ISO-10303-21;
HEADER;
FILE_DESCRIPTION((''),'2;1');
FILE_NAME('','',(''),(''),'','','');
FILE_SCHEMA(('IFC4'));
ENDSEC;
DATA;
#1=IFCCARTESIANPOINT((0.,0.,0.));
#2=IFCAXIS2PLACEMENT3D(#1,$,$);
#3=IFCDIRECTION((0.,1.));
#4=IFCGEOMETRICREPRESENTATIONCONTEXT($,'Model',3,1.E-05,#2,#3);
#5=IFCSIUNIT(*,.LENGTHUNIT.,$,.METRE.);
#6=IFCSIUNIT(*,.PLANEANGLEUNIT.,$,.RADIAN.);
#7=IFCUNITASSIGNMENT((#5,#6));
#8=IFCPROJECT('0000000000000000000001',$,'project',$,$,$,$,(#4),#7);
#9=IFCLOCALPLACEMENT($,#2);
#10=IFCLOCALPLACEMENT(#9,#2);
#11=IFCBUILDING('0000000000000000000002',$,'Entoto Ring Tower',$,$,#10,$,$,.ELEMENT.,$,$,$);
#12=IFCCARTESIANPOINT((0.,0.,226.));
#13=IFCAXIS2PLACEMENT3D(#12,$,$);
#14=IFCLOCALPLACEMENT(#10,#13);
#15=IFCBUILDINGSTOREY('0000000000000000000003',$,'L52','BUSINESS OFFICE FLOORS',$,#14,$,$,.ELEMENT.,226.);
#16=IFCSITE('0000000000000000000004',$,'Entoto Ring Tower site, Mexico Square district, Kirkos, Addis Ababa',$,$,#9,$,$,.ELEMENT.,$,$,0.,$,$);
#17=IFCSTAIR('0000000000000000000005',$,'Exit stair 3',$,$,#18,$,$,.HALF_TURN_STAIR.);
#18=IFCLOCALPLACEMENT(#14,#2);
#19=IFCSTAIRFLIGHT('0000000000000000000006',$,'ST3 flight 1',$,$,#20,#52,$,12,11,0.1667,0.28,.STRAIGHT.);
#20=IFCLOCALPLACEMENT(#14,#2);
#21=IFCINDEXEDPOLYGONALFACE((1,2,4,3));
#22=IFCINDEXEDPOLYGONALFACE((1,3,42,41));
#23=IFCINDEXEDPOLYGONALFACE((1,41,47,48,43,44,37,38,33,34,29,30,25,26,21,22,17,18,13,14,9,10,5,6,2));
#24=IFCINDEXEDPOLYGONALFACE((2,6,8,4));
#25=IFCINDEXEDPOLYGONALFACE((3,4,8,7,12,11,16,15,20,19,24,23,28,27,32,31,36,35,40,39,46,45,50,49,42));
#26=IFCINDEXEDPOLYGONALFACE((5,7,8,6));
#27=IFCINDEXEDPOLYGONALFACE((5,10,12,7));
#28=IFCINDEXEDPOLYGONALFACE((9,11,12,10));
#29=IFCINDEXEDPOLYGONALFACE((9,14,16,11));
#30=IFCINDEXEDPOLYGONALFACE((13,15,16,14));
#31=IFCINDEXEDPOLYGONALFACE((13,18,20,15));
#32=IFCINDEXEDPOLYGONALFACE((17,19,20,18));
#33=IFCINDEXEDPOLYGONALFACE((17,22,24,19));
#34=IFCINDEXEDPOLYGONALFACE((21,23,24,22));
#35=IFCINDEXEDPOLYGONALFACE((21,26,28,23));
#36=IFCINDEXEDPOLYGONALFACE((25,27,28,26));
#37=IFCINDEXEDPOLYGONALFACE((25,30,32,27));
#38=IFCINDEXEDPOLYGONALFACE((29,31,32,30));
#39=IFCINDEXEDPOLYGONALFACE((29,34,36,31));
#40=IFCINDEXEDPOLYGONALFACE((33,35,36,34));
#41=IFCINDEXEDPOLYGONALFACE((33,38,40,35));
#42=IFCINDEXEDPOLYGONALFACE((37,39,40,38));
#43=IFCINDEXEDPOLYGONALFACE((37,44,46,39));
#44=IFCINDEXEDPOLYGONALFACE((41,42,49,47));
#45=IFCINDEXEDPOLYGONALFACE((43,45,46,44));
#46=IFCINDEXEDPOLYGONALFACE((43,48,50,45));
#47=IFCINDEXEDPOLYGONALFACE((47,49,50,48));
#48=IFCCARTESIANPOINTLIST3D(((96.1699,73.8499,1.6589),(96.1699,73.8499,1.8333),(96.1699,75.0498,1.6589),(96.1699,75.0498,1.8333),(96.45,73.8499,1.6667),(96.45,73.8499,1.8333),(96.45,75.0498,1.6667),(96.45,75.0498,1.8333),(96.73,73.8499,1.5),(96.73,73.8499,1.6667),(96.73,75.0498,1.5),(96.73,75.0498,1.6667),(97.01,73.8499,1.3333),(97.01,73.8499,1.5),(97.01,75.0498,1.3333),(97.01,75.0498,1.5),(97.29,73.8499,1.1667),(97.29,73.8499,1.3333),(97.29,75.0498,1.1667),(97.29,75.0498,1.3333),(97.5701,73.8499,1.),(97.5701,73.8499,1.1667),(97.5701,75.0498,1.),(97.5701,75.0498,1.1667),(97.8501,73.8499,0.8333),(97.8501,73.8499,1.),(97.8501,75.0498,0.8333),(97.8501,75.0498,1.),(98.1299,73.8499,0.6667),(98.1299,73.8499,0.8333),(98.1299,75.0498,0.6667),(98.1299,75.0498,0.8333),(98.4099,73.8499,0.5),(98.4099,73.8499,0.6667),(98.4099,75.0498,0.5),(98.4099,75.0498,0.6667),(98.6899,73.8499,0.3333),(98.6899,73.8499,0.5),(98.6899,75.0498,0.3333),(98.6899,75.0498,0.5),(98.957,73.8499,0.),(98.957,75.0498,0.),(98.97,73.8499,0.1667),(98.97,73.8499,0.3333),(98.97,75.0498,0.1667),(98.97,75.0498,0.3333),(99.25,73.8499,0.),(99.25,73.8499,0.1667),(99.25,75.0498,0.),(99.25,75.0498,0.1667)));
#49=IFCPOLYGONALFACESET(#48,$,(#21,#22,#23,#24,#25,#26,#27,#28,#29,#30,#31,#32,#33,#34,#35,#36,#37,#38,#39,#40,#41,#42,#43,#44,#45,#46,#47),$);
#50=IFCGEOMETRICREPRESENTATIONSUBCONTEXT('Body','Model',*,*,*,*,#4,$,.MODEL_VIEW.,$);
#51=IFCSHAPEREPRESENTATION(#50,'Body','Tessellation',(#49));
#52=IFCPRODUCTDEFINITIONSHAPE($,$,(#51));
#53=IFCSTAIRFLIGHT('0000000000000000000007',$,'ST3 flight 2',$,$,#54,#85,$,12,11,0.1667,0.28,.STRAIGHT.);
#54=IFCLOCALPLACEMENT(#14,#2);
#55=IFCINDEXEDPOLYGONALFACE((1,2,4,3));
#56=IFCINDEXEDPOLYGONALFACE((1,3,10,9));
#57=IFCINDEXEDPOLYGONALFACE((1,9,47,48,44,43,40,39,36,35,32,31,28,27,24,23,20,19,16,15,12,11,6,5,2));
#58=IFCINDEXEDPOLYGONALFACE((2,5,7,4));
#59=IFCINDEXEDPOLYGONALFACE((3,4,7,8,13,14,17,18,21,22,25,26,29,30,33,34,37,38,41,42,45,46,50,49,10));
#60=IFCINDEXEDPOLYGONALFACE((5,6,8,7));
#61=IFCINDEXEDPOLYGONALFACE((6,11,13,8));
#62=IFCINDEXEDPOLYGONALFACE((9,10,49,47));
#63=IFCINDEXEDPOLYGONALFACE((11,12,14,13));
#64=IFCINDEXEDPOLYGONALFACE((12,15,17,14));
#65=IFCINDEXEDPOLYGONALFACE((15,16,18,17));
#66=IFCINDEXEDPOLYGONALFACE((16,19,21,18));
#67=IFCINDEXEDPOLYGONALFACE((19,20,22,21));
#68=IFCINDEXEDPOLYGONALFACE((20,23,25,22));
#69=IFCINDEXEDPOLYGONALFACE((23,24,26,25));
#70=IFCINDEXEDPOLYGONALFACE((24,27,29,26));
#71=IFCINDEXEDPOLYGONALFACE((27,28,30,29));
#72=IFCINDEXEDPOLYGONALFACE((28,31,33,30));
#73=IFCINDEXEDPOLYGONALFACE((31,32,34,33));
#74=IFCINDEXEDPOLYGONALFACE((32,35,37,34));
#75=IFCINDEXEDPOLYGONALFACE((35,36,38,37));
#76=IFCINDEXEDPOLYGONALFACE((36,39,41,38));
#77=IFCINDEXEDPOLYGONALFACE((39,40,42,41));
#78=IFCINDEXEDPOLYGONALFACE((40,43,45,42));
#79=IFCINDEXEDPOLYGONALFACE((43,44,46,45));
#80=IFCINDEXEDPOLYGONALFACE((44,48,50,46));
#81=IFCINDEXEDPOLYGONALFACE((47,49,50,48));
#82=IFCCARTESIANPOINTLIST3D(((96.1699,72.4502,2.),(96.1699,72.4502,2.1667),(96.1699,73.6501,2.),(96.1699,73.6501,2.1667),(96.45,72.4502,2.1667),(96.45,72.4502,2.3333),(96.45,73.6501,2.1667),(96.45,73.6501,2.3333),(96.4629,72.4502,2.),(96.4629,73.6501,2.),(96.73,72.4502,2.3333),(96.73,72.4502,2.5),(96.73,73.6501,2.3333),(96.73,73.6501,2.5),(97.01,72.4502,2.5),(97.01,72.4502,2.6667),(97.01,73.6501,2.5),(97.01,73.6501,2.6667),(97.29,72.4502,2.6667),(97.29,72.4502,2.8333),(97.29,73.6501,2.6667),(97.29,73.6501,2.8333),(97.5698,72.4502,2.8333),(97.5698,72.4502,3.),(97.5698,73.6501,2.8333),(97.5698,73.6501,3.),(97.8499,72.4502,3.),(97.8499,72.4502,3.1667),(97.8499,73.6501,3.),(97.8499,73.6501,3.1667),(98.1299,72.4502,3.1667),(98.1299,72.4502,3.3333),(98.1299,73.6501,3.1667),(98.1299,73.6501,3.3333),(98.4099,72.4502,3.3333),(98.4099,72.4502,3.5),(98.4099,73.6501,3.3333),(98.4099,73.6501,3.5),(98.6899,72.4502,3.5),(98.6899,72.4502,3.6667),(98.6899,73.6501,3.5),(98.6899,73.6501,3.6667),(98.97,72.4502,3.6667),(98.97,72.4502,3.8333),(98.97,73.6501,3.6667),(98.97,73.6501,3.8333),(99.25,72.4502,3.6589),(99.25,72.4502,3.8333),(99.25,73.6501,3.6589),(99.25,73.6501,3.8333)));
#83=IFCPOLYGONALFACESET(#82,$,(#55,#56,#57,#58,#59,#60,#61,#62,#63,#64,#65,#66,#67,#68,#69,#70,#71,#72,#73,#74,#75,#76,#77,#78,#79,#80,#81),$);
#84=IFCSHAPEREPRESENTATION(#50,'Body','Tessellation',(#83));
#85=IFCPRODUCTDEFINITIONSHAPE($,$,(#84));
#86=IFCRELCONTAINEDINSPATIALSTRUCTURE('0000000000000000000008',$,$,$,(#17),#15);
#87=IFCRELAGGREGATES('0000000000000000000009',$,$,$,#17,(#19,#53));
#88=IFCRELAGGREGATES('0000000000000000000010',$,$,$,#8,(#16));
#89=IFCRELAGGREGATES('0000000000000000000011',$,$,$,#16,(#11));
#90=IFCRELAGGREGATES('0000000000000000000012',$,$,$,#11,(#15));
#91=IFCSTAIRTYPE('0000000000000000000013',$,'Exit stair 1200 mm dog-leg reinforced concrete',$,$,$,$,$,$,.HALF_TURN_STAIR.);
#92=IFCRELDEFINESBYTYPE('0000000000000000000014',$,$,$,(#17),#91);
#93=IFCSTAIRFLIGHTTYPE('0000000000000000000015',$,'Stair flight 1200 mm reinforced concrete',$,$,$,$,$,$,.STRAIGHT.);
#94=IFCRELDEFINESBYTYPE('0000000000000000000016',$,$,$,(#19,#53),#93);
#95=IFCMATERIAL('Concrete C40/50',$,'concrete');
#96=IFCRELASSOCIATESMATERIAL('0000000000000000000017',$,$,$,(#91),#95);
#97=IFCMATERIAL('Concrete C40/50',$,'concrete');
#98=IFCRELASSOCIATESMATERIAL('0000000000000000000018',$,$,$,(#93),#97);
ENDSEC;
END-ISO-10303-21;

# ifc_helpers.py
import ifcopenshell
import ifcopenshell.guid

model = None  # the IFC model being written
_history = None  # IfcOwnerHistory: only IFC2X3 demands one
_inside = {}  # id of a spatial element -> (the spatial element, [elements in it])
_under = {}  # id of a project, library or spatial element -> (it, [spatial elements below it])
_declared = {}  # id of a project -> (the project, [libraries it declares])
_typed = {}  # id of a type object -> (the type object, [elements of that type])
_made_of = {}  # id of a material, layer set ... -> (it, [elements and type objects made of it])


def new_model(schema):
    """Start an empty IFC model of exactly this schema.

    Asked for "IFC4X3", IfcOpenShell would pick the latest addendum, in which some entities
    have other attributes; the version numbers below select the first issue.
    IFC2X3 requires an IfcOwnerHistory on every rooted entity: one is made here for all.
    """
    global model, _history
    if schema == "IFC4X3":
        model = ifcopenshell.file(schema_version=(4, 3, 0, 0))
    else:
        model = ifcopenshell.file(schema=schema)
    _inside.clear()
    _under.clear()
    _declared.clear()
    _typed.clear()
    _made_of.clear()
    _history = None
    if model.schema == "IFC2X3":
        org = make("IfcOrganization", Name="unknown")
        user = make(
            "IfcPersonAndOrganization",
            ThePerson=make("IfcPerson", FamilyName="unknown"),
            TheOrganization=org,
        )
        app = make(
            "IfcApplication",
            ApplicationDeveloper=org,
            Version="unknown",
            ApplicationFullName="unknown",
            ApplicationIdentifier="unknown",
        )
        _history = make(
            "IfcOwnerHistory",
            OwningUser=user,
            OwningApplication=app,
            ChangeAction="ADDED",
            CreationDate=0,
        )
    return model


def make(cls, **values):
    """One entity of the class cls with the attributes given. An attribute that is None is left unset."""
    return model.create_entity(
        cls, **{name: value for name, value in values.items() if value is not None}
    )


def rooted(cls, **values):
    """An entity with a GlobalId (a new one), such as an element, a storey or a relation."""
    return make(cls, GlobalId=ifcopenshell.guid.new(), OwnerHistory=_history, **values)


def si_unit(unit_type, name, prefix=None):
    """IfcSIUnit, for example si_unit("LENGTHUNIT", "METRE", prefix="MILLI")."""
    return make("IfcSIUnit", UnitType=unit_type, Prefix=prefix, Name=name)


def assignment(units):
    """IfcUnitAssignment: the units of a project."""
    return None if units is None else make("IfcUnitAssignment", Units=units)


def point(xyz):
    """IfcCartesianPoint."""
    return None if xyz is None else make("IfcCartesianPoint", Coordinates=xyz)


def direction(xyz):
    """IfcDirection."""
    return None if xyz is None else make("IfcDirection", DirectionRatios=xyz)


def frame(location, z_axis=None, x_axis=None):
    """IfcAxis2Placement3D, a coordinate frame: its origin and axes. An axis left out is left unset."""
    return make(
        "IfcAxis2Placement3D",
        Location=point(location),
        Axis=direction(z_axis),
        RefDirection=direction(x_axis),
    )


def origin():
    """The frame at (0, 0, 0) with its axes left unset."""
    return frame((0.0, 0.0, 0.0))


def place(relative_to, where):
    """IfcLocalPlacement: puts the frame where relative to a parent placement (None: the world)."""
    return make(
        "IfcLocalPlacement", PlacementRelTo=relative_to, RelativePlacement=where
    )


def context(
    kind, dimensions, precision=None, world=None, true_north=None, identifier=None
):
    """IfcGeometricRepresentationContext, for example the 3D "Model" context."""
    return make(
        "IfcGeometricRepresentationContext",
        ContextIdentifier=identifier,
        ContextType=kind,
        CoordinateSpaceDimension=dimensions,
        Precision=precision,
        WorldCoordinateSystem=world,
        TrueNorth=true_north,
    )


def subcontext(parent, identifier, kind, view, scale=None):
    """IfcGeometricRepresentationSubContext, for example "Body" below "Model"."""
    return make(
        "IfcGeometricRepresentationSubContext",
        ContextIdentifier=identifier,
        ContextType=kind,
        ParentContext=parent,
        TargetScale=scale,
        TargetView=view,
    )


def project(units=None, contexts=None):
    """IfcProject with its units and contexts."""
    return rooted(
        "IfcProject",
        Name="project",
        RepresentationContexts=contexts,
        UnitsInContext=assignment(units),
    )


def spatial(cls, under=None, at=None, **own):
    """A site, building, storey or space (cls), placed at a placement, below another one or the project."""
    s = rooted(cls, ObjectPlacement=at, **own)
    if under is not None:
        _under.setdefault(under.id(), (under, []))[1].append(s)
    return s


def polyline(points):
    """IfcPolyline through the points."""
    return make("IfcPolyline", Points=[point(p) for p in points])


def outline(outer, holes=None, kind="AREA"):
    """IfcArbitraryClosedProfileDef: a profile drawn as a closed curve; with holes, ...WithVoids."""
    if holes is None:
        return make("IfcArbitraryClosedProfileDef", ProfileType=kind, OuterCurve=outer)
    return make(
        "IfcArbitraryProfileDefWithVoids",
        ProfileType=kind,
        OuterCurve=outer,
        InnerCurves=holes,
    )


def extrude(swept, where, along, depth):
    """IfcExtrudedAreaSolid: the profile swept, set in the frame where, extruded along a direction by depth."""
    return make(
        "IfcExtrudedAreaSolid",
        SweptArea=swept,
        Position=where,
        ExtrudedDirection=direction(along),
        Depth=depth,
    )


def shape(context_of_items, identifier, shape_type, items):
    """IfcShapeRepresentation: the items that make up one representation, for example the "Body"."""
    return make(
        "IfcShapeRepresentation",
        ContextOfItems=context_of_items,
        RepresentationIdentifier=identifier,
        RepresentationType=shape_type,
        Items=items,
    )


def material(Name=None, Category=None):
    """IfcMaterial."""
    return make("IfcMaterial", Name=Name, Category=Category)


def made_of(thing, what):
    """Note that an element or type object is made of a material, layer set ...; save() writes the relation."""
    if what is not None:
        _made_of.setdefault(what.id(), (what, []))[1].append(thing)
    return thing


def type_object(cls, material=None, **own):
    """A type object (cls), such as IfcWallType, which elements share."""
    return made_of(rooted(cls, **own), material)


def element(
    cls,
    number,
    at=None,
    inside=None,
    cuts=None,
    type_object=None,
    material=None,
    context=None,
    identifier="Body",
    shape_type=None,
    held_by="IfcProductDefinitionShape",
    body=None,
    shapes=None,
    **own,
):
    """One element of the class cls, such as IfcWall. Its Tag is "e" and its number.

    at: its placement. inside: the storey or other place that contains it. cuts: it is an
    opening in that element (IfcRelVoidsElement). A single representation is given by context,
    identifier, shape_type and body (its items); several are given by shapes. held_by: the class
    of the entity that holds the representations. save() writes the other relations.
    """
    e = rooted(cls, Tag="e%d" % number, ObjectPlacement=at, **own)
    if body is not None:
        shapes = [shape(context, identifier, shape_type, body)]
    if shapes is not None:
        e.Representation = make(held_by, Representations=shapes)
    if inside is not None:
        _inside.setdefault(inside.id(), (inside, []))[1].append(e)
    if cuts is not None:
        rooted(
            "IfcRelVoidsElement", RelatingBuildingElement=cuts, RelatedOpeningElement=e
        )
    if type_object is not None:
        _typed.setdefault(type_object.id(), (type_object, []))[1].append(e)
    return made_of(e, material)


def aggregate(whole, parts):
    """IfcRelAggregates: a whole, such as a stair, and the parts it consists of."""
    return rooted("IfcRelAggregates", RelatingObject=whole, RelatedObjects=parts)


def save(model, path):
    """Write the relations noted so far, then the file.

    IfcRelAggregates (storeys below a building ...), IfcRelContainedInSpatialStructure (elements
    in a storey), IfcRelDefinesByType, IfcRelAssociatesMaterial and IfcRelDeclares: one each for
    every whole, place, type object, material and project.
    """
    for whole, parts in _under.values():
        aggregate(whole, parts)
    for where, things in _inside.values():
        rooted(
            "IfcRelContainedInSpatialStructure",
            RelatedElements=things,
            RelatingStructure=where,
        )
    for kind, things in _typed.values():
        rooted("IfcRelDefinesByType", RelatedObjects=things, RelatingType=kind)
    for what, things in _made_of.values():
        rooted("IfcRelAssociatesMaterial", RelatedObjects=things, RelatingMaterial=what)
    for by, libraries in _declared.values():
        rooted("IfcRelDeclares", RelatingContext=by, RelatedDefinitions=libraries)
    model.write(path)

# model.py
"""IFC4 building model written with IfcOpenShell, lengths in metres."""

from ifc_helpers import new_model, si_unit, direction, frame, origin, place, context, subcontext, project, spatial, polyline, outline, extrude, material, type_object, element, aggregate, save


model = new_model("IFC4")

# Units and contexts
model_context = context("Model", 3, precision=1e-05, world=origin(), true_north=direction((0.0, 1.0)))
body_context = subcontext(model_context, "Body", "Model", "MODEL_VIEW")
ifc_project = project(units=[si_unit("LENGTHUNIT", "METRE"), si_unit("PLANEANGLEUNIT", "RADIAN")], contexts=[model_context])

# Site, building, storey
site_placement = place(None, origin())
site = spatial("IfcSite", under=ifc_project, at=site_placement, Name="Entoto Ring Tower site, Mexico Square district, Kirkos, Addis Ababa", CompositionType="ELEMENT", RefElevation=0.0)
building_placement = place(site_placement, origin())
building = spatial("IfcBuilding", under=site, at=building_placement, Name="Entoto Ring Tower", CompositionType="ELEMENT")
storey_placement = place(building_placement, frame((0.0, 0.0, 226.0)))
storey = spatial("IfcBuildingStorey", under=building, at=storey_placement, Name="L52", Description="BUSINESS OFFICE FLOORS", CompositionType="ELEMENT", Elevation=226.0)

# Stair, stair flights
ifc_material_1 = material(Name="Concrete C40/50", Category="concrete")
stair_type = type_object("IfcStairType", Name="Exit stair 1200 mm dog-leg reinforced concrete", PredefinedType="HALF_TURN_STAIR", material=ifc_material_1)
stair_placement = place(storey_placement, origin())
stair = element("IfcStair", 1, at=stair_placement, inside=storey, type_object=stair_type, Name="Exit stair 3", PredefinedType="HALF_TURN_STAIR")
ifc_material_2 = material(Name="Concrete C40/50", Category="concrete")
stair_flight_type = type_object("IfcStairFlightType", Name="Stair flight 1200 mm reinforced concrete", PredefinedType="STRAIGHT", material=ifc_material_2)
stair_flight_1_placement = place(storey_placement, frame((99.25, 74.45, 0.0), z_axis=(0.0, 0.0, 1.0), x_axis=(-1.0, 0.0, 0.0)))
stair_flight_1 = element("IfcStairFlight", 2, at=stair_flight_1_placement, type_object=stair_flight_type, Name="ST3 flight 1", NumberOfRisers=12, NumberOfTreads=11, PredefinedType="STRAIGHT", RiserHeight=0.1667, TreadLength=0.28, context=body_context, shape_type="SweptSolid", body=[
    extrude(outline(polyline([(0.0, 0.0), (0.0, 0.1667), (0.28, 0.1667), (0.28, 0.3333), (0.5601, 0.3333), (0.5601, 0.5), (0.8401, 0.5), (0.8401, 0.6667), (1.1201, 0.6667), (1.1201, 0.8333), (1.3999, 0.8333), (1.3999, 1.0), (1.6799, 1.0), (1.6799, 1.1667), (1.96, 1.1667), (1.96, 1.3333), (2.24, 1.3333), (2.24, 1.5), (2.52, 1.5), (2.52, 1.6667), (2.8, 1.6667), (2.8, 1.8333), (3.0801, 1.8333), (3.0801, 2.0), (3.0801, 1.6589), (0.293, 0.0), (0.0, 0.0)])), frame((0.0, 0.6001, 0.0), z_axis=(0.0, -1.0, 0.0), x_axis=(1.0, 0.0, 0.0)), (0.0, 0.0, 1.0), 1.2),
])
stair_flight_2_placement = place(storey_placement, frame((96.1699, 73.05, 2.0), z_axis=(0.0, 0.0, 1.0), x_axis=(1.0, 0.0, 0.0)))
stair_flight_2 = element("IfcStairFlight", 3, at=stair_flight_2_placement, type_object=stair_flight_type, Name="ST3 flight 2", NumberOfRisers=12, NumberOfTreads=11, PredefinedType="STRAIGHT", RiserHeight=0.1667, TreadLength=0.28, context=body_context, shape_type="SweptSolid", body=[
    extrude(outline(polyline([(0.0, 0.0), (0.0, 0.1667), (0.28, 0.1667), (0.28, 0.3333), (0.5601, 0.3333), (0.5601, 0.5), (0.8401, 0.5), (0.8401, 0.6667), (1.1201, 0.6667), (1.1201, 0.8333), (1.3999, 0.8333), (1.3999, 1.0), (1.6799, 1.0), (1.6799, 1.1667), (1.96, 1.1667), (1.96, 1.3333), (2.24, 1.3333), (2.24, 1.5), (2.52, 1.5), (2.52, 1.6667), (2.8, 1.6667), (2.8, 1.8333), (3.0801, 1.8333), (3.0801, 2.0), (3.0801, 1.6589), (0.293, 0.0), (0.0, 0.0)])), frame((0.0, 0.6001, 0.0), z_axis=(0.0, -1.0, 0.0), x_axis=(1.0, 0.0, 0.0)), (0.0, 0.0, 1.0), 1.2),
])
aggregate(stair, [stair_flight_1, stair_flight_2])

save(model, "model.ifc")
